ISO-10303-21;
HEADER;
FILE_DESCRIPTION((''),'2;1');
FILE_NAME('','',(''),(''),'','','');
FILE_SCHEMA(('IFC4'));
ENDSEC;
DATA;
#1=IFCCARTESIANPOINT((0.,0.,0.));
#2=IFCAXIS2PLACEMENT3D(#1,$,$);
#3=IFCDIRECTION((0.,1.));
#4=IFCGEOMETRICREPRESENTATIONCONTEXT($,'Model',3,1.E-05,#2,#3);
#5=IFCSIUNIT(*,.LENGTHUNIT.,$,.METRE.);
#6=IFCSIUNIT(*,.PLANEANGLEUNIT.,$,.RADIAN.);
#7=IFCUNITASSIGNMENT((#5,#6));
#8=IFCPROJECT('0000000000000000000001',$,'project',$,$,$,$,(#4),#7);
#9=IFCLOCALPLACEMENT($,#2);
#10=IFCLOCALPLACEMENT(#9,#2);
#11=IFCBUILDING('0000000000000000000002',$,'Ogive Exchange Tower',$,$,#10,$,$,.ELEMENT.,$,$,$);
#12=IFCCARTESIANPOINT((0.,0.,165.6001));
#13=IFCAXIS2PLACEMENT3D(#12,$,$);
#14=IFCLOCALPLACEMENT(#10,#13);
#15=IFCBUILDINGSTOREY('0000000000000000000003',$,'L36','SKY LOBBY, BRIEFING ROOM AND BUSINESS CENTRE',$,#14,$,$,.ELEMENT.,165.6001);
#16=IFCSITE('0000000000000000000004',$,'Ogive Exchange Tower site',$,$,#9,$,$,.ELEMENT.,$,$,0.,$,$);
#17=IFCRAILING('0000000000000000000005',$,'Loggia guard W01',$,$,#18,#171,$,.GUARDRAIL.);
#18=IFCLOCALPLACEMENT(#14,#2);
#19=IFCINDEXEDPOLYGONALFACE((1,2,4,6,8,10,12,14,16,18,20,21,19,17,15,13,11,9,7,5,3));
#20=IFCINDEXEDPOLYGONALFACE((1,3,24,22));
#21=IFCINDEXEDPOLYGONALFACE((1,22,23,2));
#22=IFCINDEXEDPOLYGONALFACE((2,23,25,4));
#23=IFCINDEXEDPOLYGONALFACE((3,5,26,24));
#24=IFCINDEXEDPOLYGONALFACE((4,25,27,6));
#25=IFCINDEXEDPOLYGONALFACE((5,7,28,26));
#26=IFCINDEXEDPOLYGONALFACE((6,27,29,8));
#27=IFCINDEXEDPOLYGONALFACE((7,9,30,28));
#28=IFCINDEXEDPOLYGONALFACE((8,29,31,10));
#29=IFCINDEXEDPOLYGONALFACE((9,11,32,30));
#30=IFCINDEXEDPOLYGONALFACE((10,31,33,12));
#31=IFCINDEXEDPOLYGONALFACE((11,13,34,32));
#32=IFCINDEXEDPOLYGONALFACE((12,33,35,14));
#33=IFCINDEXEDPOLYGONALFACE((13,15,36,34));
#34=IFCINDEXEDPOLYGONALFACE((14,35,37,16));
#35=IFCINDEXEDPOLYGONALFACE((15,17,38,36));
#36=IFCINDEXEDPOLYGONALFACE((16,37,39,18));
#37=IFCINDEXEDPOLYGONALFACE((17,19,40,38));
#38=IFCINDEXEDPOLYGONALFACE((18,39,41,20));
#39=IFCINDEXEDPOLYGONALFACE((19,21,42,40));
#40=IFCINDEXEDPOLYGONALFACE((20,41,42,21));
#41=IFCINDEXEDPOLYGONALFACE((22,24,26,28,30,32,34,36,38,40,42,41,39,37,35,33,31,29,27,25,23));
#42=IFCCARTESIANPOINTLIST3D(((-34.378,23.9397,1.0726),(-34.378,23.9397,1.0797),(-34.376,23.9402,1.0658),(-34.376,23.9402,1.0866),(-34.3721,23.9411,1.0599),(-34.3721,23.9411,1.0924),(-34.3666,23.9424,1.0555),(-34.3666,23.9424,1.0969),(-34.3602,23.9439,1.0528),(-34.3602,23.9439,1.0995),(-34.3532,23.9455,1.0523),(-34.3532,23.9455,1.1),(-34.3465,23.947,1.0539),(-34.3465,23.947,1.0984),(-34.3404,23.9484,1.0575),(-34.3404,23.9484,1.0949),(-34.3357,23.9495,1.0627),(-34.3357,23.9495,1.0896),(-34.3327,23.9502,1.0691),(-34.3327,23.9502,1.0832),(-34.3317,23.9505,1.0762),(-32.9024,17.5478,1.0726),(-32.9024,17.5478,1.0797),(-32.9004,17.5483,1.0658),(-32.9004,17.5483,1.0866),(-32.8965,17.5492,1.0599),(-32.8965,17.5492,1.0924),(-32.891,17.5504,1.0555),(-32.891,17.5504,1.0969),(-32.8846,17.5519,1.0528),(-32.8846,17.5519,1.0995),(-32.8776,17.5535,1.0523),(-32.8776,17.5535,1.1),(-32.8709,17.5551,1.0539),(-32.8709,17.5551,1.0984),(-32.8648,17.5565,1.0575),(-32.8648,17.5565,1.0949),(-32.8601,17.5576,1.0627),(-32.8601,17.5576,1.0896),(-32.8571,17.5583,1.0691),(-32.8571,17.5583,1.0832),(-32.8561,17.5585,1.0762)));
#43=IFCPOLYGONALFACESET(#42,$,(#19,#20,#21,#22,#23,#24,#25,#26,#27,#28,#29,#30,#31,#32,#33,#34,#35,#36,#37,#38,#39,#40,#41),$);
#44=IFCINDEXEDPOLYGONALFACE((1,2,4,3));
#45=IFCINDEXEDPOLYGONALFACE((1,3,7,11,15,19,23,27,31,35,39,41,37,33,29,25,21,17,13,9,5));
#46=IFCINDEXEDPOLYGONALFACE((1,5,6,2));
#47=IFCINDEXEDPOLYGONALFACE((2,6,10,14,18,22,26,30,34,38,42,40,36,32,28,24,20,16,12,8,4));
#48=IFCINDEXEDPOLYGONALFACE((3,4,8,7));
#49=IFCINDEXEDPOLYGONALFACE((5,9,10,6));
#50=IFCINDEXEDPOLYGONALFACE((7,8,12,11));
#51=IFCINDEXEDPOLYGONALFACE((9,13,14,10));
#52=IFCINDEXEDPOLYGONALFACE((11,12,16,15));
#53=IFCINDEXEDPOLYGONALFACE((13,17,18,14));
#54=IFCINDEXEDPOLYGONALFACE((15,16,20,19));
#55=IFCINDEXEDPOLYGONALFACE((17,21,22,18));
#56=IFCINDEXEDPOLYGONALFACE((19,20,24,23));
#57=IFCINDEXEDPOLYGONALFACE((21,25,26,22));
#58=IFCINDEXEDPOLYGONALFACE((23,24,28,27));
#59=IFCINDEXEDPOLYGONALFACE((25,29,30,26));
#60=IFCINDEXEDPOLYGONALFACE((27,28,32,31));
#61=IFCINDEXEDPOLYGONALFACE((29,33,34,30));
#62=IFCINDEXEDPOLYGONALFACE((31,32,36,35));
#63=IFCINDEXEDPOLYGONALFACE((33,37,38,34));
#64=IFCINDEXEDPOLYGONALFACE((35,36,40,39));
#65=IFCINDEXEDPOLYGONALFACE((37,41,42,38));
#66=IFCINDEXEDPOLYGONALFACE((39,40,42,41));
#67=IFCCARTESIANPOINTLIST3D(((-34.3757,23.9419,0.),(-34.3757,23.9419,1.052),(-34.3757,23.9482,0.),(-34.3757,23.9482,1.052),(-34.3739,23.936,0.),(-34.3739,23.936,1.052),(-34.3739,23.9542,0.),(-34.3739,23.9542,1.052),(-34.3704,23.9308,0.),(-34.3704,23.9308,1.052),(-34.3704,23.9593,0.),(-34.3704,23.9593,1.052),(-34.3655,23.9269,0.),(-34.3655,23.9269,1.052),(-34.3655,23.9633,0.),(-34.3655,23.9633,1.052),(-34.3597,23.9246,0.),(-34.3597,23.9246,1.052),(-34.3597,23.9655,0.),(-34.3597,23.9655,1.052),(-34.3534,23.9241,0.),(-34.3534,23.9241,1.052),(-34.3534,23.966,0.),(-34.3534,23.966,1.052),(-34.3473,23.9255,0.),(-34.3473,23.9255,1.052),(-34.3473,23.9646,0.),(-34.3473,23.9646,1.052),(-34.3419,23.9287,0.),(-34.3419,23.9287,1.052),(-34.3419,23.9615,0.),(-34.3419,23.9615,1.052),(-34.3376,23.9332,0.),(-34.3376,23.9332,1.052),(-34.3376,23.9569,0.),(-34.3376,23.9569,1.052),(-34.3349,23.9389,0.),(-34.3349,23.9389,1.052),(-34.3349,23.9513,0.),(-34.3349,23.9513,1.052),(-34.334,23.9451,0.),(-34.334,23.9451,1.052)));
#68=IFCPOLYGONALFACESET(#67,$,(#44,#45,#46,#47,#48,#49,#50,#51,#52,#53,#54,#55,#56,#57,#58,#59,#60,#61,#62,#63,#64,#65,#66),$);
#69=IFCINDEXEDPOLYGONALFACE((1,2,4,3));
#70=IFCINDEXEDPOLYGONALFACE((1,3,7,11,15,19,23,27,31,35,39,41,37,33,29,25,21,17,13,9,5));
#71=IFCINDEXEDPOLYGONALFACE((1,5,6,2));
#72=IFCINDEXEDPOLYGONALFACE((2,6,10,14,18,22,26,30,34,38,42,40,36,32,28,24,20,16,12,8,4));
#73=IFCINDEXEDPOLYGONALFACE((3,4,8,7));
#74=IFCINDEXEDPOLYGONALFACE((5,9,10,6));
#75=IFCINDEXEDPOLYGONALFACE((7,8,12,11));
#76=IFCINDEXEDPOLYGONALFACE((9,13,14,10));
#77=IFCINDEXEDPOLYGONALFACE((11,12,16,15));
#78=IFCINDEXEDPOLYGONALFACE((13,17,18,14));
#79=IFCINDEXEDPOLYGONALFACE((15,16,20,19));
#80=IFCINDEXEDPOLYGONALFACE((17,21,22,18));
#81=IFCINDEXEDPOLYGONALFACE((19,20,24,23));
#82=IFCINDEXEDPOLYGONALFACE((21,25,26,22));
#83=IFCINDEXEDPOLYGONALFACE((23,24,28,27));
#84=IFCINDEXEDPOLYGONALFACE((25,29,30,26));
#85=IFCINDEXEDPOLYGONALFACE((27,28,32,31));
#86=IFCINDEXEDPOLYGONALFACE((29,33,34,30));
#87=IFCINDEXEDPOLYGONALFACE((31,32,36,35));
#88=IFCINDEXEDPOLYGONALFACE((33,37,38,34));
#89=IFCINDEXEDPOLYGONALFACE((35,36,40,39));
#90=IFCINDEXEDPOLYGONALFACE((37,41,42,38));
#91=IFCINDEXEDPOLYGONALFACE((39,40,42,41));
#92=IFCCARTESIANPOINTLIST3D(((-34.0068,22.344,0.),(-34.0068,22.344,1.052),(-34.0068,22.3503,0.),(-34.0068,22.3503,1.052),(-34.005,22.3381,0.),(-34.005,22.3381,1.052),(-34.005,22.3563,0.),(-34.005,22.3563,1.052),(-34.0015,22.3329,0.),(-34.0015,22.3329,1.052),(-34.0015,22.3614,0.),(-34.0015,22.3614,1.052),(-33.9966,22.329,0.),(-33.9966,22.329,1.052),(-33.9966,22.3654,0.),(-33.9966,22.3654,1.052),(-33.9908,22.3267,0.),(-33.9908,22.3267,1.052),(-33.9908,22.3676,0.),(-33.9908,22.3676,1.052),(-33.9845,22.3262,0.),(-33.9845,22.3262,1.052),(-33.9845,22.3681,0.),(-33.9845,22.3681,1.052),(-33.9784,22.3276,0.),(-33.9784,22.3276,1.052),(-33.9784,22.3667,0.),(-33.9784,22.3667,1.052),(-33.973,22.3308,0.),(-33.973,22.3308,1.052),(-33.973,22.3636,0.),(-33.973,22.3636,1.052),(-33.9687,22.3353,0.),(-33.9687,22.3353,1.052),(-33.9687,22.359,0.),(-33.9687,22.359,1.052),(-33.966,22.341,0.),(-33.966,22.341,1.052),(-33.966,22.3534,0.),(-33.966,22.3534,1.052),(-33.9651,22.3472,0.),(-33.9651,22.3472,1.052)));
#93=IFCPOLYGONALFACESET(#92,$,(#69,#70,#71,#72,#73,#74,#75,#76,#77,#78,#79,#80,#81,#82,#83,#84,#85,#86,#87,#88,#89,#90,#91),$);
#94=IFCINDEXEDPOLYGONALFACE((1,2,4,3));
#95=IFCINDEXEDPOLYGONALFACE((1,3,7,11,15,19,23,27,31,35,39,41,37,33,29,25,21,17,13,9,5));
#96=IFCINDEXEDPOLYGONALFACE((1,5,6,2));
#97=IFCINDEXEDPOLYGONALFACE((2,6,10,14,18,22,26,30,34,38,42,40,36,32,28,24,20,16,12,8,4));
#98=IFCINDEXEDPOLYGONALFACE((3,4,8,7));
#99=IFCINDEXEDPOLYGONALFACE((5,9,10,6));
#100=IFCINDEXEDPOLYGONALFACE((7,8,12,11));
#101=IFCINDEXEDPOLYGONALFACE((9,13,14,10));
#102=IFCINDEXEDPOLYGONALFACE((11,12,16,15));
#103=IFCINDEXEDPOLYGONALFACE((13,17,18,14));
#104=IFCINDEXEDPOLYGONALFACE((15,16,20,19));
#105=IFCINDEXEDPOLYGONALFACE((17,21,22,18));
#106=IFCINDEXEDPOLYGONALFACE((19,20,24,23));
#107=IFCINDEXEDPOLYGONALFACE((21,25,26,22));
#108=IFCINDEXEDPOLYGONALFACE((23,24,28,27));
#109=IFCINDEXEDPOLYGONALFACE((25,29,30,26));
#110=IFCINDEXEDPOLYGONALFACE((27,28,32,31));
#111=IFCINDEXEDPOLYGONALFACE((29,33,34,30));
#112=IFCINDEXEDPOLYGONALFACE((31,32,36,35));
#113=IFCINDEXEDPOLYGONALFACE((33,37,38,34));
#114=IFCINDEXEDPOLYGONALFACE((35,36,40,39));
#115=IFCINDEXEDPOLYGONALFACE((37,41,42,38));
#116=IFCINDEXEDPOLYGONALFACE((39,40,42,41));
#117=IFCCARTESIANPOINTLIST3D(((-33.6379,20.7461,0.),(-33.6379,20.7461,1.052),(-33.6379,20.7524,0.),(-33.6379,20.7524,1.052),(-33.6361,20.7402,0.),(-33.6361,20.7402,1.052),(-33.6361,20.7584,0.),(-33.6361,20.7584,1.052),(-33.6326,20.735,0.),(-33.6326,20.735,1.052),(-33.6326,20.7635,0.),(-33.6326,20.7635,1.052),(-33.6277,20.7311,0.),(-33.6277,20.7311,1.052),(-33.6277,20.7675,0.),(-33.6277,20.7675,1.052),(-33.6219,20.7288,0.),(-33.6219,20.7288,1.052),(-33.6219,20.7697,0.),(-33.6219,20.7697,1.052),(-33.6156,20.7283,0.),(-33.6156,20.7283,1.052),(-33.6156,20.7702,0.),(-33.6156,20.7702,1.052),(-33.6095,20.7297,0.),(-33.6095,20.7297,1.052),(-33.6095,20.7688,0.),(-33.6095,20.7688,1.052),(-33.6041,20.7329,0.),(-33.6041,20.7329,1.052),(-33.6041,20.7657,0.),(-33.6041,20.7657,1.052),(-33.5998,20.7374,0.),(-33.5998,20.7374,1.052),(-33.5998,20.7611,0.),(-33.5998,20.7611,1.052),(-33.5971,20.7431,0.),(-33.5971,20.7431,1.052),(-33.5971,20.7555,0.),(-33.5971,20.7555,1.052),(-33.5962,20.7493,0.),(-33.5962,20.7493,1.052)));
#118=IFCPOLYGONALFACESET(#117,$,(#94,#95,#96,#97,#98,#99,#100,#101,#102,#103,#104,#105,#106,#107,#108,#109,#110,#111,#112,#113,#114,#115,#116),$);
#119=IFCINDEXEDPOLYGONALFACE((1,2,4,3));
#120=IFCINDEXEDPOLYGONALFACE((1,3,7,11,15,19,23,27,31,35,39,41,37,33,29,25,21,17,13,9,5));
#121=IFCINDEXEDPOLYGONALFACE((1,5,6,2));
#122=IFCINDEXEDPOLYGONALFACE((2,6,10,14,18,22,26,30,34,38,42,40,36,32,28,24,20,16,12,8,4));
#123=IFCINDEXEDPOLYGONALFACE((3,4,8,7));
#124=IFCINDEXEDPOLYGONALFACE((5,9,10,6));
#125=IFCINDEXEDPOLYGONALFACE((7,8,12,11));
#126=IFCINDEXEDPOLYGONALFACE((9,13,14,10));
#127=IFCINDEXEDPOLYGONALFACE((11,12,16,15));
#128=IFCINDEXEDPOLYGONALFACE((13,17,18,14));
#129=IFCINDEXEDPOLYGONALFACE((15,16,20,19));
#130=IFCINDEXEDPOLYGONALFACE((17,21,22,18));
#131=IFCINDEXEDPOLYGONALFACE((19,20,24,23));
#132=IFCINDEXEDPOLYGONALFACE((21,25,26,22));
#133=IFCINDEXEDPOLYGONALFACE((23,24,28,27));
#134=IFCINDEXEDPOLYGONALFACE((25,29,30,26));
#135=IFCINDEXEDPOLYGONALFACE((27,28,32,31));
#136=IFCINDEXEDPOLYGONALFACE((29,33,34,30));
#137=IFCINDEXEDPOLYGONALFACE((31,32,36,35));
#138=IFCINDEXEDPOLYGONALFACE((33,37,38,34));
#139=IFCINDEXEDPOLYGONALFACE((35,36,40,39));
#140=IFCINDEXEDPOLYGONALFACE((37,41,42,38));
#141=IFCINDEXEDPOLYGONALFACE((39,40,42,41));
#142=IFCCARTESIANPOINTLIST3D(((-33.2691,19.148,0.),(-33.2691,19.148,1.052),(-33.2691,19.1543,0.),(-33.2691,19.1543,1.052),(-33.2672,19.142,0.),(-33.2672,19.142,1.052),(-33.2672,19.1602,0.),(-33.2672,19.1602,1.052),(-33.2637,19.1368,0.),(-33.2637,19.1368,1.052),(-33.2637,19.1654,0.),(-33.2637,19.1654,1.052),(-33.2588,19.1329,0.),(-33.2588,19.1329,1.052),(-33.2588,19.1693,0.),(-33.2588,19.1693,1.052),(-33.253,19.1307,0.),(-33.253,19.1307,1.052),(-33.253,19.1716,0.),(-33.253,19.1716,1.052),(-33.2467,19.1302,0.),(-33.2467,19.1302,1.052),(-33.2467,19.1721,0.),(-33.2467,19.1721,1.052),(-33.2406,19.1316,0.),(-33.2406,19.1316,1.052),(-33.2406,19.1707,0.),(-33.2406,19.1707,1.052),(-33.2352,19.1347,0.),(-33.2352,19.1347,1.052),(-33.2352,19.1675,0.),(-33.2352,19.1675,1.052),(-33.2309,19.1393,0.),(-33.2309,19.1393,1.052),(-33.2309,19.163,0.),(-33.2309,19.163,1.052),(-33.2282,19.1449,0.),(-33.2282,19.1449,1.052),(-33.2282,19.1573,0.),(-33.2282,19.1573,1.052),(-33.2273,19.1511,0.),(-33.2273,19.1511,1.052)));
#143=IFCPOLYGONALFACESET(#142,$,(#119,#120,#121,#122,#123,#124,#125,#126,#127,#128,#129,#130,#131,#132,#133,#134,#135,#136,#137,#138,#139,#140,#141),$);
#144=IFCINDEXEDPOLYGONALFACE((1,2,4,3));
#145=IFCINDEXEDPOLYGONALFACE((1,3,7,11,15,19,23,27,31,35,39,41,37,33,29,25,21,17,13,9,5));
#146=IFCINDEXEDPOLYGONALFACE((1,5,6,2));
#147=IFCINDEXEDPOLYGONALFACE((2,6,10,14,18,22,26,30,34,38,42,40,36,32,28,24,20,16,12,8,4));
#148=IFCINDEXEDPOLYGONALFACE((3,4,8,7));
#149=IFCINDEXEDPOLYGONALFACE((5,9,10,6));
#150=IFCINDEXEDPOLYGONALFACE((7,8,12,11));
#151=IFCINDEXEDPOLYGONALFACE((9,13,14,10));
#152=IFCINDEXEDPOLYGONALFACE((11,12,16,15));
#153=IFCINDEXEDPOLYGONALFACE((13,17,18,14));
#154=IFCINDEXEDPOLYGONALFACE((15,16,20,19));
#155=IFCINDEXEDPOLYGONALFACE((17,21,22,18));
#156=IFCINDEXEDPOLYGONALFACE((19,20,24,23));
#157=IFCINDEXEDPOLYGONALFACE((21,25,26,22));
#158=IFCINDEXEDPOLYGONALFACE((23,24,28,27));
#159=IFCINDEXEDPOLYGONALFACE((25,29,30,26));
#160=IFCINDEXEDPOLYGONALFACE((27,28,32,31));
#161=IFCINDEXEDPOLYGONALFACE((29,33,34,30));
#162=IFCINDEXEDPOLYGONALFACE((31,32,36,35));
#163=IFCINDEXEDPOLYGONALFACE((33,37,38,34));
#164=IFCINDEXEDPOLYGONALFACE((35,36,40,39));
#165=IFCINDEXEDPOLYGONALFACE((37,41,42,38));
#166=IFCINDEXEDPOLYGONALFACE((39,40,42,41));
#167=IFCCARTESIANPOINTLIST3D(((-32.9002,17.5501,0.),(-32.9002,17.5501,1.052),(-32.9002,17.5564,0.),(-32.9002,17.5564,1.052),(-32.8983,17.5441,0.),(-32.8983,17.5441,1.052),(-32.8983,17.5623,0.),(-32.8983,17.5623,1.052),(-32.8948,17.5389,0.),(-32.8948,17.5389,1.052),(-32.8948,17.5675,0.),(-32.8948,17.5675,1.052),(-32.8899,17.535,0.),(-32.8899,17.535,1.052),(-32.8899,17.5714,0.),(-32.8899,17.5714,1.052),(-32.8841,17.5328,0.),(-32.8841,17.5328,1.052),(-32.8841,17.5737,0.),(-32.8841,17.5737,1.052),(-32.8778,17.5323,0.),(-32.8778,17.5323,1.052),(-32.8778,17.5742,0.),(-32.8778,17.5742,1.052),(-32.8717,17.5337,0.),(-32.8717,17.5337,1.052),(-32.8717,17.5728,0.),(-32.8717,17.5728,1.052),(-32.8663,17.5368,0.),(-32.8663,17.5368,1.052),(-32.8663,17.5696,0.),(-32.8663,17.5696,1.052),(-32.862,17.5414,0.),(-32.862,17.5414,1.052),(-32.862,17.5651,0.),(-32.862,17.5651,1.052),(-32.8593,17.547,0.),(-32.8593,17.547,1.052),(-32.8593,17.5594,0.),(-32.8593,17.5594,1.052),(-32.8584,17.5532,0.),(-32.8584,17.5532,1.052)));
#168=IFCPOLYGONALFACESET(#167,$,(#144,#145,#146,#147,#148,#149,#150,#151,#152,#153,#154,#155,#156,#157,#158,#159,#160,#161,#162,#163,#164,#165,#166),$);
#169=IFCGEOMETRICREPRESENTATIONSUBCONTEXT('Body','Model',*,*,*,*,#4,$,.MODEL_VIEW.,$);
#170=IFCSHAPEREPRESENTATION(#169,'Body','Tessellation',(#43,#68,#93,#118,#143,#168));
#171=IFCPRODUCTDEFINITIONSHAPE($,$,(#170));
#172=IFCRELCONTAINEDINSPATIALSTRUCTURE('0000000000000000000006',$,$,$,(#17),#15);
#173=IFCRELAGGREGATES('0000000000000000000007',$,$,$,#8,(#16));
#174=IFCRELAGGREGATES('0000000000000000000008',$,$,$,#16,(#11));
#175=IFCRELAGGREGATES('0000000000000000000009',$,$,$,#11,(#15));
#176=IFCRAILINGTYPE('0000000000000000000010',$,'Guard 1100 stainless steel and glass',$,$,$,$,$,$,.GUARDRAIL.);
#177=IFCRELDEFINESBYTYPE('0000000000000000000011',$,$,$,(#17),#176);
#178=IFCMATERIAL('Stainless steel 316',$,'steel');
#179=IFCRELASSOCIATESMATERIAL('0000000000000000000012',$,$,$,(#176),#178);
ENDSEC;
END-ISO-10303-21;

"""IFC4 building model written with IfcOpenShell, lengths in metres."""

from ifc_helpers import new_model, si_unit, direction, frame, origin, origin_2d, place, context, subcontext, project, spatial, circle, extrude, material, type_object, element, save


model = new_model("IFC4")

# Units and contexts
model_context = context("Model", 3, precision=1e-05, world=origin(), true_north=direction((0.0, 1.0)))
body_context = subcontext(model_context, "Body", "Model", "MODEL_VIEW")
ifc_project = project(units=[si_unit("LENGTHUNIT", "METRE"), si_unit("PLANEANGLEUNIT", "RADIAN")], contexts=[model_context])

# Site, building, storey
site_placement = place(None, origin())
site = spatial("IfcSite", under=ifc_project, at=site_placement, Name="Ogive Exchange Tower site", CompositionType="ELEMENT", RefElevation=0.0)
building_placement = place(site_placement, origin())
building = spatial("IfcBuilding", under=site, at=building_placement, Name="Ogive Exchange Tower", CompositionType="ELEMENT")
storey_placement = place(building_placement, frame((0.0, 0.0, 165.6001)))
storey = spatial("IfcBuildingStorey", under=building, at=storey_placement, Name="L36", Description="SKY LOBBY, BRIEFING ROOM AND BUSINESS CENTRE", CompositionType="ELEMENT", Elevation=165.6001)

# Railing
ifc_material_1 = material(Name="Stainless steel 316", Category="steel")
railing_type = type_object("IfcRailingType", Name="Guard 1100 stainless steel and glass", PredefinedType="GUARDRAIL", material=ifc_material_1)
railing_1_placement = place(storey_placement, frame((-34.355, 23.9451, 0.0)))
element("IfcRailing", 1, at=railing_1_placement, inside=storey, type_object=railing_type, Name="Loggia guard W01", PredefinedType="GUARDRAIL", context=body_context, shape_type="SweptSolid", body=[
    extrude(circle(Radius=0.0239, at=origin_2d()), frame((0.0, 0.0, 1.0762), z_axis=(0.224938, -0.974373, 0.0), x_axis=(0.974373, 0.224938, 0.0)), (0.0, 0.0, 1.0), 6.5601),
    extrude(circle(Radius=0.021, at=origin_2d()), origin(), (0.0, 0.0, 1.0), 1.052),
    extrude(circle(Radius=0.021, at=origin_2d()), frame((0.3689, -1.5979, 0.0)), (0.0, 0.0, 1.0), 1.052),
    extrude(circle(Radius=0.021, at=origin_2d()), frame((0.7378, -3.1958, 0.0)), (0.0, 0.0, 1.0), 1.052),
    extrude(circle(Radius=0.021, at=origin_2d()), frame((1.1067, -4.7939, 0.0)), (0.0, 0.0, 1.0), 1.052),
    extrude(circle(Radius=0.021, at=origin_2d()), frame((1.4756, -6.3918, 0.0)), (0.0, 0.0, 1.0), 1.052),
])

save(model, "model.ifc")
